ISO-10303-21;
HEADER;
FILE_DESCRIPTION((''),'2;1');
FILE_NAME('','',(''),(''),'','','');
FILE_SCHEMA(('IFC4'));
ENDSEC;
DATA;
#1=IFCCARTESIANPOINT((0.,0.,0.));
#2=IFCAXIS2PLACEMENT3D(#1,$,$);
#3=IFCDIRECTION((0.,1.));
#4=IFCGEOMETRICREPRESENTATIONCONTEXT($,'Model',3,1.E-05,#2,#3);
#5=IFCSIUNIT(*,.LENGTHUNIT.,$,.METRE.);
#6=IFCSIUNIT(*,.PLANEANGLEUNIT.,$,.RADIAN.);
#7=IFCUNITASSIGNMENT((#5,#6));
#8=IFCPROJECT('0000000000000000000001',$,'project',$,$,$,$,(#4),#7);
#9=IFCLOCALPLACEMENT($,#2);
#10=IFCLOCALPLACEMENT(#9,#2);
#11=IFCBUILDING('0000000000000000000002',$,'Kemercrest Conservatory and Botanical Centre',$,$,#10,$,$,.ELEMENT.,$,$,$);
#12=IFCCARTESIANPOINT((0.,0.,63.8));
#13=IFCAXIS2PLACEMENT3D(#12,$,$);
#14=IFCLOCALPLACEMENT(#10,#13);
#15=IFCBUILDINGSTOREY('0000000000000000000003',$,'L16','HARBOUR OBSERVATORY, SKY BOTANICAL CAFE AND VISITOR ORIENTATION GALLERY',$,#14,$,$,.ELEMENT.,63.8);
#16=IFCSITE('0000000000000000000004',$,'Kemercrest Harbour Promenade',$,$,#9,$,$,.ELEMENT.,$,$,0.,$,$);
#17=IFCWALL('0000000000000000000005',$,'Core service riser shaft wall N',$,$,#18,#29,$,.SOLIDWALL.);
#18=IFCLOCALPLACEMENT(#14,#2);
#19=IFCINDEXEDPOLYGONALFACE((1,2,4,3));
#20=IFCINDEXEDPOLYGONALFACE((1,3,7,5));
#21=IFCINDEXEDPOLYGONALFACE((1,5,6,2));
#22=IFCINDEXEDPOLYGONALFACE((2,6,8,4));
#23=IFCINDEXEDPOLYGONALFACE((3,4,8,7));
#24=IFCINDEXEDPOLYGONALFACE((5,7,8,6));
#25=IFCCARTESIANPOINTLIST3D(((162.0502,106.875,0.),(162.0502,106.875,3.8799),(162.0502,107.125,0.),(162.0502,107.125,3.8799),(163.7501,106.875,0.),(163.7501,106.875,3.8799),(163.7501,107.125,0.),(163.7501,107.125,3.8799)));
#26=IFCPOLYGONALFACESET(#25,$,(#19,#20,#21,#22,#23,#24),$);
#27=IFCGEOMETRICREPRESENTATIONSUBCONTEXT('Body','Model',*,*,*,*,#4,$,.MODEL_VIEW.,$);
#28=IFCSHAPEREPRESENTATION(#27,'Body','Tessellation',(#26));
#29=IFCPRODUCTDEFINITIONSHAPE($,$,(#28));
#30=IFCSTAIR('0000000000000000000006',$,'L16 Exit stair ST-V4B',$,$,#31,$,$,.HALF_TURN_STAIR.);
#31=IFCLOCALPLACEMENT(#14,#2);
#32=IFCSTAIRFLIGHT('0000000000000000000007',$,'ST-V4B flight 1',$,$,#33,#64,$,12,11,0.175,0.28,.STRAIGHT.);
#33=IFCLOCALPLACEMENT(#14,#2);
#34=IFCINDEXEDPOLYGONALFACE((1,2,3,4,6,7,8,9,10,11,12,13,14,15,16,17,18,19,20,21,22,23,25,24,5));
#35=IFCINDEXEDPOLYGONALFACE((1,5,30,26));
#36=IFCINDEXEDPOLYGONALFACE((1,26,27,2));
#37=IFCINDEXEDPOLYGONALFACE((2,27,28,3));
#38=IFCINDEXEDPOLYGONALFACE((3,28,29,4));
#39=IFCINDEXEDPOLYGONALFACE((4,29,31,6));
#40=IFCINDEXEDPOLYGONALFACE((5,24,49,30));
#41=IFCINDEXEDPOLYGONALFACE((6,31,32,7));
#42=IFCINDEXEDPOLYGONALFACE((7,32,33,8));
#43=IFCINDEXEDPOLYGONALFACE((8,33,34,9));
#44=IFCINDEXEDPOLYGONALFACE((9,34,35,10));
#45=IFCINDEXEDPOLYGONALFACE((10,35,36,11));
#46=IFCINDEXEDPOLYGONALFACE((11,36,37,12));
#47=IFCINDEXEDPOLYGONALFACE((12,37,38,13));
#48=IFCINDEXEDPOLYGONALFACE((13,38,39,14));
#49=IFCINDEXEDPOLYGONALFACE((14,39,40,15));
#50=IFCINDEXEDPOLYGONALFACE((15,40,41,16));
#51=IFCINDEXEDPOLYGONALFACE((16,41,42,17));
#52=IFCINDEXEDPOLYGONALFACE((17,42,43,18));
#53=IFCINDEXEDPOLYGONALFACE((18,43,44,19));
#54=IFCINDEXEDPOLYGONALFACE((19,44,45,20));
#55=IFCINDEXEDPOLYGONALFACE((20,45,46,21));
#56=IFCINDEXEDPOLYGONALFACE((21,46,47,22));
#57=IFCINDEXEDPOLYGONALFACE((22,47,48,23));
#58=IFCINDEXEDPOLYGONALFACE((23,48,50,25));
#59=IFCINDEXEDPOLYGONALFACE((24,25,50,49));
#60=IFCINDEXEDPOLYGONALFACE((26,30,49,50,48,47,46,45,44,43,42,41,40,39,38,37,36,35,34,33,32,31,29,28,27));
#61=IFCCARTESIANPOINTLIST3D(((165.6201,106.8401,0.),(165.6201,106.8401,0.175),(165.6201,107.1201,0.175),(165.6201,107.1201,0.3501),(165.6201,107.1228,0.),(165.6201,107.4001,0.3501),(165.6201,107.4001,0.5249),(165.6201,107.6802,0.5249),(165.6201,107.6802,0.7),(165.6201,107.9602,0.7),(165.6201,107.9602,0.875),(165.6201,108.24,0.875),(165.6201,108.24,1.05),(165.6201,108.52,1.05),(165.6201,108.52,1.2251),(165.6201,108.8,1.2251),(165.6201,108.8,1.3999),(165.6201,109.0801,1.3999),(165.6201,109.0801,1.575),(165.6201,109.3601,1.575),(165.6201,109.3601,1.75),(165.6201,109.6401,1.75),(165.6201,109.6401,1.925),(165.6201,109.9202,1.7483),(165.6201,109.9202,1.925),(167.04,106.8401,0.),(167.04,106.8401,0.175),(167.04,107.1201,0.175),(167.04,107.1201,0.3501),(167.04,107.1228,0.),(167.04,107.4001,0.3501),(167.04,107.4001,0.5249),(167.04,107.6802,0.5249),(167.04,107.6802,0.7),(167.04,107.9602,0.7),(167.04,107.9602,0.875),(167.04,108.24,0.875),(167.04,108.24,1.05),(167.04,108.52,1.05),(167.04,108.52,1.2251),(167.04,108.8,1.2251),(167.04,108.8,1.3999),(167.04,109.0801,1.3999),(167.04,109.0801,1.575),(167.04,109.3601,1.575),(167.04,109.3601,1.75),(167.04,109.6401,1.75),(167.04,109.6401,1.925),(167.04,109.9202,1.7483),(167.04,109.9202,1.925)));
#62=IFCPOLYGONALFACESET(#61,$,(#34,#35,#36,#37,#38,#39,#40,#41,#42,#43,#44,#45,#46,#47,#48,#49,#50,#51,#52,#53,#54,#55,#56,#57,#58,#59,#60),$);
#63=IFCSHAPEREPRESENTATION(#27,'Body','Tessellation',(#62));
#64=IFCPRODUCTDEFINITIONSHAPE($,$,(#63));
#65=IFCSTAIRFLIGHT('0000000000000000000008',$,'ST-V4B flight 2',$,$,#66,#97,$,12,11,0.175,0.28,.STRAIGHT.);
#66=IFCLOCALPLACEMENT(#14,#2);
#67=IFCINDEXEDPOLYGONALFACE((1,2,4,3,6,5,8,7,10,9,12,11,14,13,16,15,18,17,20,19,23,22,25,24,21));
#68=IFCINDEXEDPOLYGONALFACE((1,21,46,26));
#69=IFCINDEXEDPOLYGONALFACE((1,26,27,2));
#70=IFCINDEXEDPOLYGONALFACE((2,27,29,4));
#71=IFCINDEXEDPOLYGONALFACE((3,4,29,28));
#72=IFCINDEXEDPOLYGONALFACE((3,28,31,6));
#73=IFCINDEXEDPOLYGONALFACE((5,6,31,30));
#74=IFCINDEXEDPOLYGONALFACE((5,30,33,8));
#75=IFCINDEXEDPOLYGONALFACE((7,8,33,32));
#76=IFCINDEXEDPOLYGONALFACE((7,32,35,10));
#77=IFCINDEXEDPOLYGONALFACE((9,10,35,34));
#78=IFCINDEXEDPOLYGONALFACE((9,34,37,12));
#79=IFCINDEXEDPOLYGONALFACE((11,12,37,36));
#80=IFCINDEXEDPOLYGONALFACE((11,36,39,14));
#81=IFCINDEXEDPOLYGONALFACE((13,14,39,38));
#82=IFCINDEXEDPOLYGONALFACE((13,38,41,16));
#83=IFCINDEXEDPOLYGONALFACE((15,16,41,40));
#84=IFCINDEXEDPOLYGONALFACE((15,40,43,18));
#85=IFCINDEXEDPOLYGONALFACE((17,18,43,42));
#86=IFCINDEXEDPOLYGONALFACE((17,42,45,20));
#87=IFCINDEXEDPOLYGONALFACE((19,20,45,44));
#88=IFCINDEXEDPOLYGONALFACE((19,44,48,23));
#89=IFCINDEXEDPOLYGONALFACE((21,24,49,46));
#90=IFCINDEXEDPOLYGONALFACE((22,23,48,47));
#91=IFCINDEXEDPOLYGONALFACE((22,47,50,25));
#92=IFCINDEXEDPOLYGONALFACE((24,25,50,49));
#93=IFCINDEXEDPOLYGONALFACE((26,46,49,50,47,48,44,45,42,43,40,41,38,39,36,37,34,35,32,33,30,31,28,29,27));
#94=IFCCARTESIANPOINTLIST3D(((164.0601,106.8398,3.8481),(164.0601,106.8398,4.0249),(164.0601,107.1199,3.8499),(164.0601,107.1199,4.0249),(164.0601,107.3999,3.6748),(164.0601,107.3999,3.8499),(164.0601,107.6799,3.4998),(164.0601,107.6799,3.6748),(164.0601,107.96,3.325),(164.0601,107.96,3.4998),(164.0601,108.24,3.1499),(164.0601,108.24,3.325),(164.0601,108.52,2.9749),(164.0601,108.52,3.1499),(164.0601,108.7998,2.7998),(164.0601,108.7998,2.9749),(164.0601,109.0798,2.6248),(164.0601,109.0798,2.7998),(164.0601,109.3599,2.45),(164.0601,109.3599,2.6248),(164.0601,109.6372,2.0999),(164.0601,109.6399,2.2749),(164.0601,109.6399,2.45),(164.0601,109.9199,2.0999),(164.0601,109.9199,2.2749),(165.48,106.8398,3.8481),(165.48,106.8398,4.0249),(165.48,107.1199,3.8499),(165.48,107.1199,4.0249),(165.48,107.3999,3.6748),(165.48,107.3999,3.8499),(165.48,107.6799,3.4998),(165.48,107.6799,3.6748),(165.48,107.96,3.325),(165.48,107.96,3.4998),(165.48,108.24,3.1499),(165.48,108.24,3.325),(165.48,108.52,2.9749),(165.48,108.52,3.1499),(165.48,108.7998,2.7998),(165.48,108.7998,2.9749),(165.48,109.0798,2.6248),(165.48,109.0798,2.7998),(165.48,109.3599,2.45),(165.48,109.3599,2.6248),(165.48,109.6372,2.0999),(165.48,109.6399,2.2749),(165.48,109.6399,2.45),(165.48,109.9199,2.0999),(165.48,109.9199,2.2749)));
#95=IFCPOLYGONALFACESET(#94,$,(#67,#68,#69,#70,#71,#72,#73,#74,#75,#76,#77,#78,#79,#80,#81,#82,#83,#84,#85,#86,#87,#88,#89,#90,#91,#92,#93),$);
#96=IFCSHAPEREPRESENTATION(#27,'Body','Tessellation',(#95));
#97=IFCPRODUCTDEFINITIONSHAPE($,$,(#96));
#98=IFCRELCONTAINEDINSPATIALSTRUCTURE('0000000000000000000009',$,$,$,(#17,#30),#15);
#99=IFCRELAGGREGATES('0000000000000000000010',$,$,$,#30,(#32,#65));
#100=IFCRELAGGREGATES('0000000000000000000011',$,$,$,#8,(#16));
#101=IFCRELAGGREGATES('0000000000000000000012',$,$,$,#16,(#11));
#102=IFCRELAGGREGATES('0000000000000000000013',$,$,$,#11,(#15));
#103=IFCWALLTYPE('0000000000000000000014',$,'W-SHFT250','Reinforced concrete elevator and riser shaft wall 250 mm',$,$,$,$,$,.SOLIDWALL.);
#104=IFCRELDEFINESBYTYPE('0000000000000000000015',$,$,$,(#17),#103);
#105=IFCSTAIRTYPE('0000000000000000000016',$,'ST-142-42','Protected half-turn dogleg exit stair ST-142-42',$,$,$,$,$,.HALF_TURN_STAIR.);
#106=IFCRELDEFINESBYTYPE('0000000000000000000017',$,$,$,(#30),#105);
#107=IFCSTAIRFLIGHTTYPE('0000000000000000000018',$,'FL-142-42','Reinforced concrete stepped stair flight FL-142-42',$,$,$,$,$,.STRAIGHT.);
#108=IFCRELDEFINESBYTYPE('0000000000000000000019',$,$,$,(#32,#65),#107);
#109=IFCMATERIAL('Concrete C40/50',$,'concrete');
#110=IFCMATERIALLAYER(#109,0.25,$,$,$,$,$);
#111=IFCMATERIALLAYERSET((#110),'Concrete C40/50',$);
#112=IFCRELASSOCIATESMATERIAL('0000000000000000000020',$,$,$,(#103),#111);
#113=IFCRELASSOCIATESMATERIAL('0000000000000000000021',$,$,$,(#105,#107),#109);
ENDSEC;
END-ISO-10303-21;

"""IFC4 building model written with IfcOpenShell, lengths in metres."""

from ifc_helpers import new_model, si_unit, direction, frame, frame_2d, origin, place, context, subcontext, project, spatial, polyline, rectangle, outline, extrude, material, layer, layer_set, type_object, element, aggregate, save


model = new_model("IFC4")

# Units and contexts
model_context = context("Model", 3, precision=1e-05, world=origin(), true_north=direction((0.0, 1.0)))
body_context = subcontext(model_context, "Body", "Model", "MODEL_VIEW")
ifc_project = project(units=[si_unit("LENGTHUNIT", "METRE"), si_unit("PLANEANGLEUNIT", "RADIAN")], contexts=[model_context])

# Site, building, storey
site_placement = place(None, origin())
site = spatial("IfcSite", under=ifc_project, at=site_placement, Name="Kemercrest Harbour Promenade", CompositionType="ELEMENT", RefElevation=0.0)
building_placement = place(site_placement, origin())
building = spatial("IfcBuilding", under=site, at=building_placement, Name="Kemercrest Conservatory and Botanical Centre", CompositionType="ELEMENT")
storey_placement = place(building_placement, frame((0.0, 0.0, 63.8)))
storey = spatial("IfcBuildingStorey", under=building, at=storey_placement, Name="L16", Description="HARBOUR OBSERVATORY, SKY BOTANICAL CAFE AND VISITOR ORIENTATION GALLERY", CompositionType="ELEMENT", Elevation=63.8)

# Shared definitions
ifc_material_1 = material(Name="Concrete C40/50", Category="concrete")

# Shared definitions
ifc_layer_1 = layer(ifc_material_1, 0.25)
ifc_layer_set_1 = layer_set([ifc_layer_1], Name="Concrete C40/50")
wall_type_1 = type_object("IfcWallType", Name="W-SHFT250", Description="Reinforced concrete elevator and riser shaft wall 250 mm", PredefinedType="SOLIDWALL", material=ifc_layer_set_1)

# Wall
wall_1_placement = place(storey_placement, frame((162.05, 107.0, 0.0), z_axis=(0.0, 0.0, 1.0), x_axis=(1.0, 0.0, 0.0)))
element("IfcWall", 1, at=wall_1_placement, inside=storey, type_object=wall_type_1, Name="Core service riser shaft wall N", PredefinedType="SOLIDWALL", context=body_context, shape_type="SweptSolid", body=[
    extrude(rectangle(XDim=1.7, YDim=0.25, at=frame_2d((0.8501, 0.0))), origin(), (0.0, 0.0, 1.0), 3.8799),
])

# Stair, stair flights
stair_type = type_object("IfcStairType", Name="ST-142-42", Description="Protected half-turn dogleg exit stair ST-142-42", PredefinedType="HALF_TURN_STAIR", material=ifc_material_1)
stair_placement = place(storey_placement, origin())
stair = element("IfcStair", 2, at=stair_placement, inside=storey, type_object=stair_type, Name="L16 Exit stair ST-V4B", PredefinedType="HALF_TURN_STAIR")
stair_flight_type = type_object("IfcStairFlightType", Name="FL-142-42", Description="Reinforced concrete stepped stair flight FL-142-42", PredefinedType="STRAIGHT", material=ifc_material_1)
stair_flight_1_placement = place(storey_placement, frame((166.3301, 106.8401, 0.0), z_axis=(0.0, 0.0, 1.0), x_axis=(0.0, 1.0, 0.0)))
stair_flight_1 = element("IfcStairFlight", 3, at=stair_flight_1_placement, type_object=stair_flight_type, Name="ST-V4B flight 1", NumberOfRisers=12, NumberOfTreads=11, PredefinedType="STRAIGHT", RiserHeight=0.175, TreadLength=0.28, context=body_context, shape_type="SweptSolid", body=[
    extrude(outline(polyline([(0.0, 0.0), (0.0, 0.175), (0.28, 0.175), (0.28, 0.3501), (0.5601, 0.3501), (0.5601, 0.5249), (0.8401, 0.5249), (0.8401, 0.7), (1.1201, 0.7), (1.1201, 0.875), (1.3999, 0.875), (1.3999, 1.05), (1.6799, 1.05), (1.6799, 1.2251), (1.96, 1.2251), (1.96, 1.3999), (2.24, 1.3999), (2.24, 1.575), (2.52, 1.575), (2.52, 1.75), (2.8, 1.75), (2.8, 1.925), (3.0801, 1.925), (3.0801, 2.1001), (3.0801, 1.7483), (0.2827, 0.0), (0.0, 0.0)])), frame((0.0, 0.71, 0.0), z_axis=(0.0, -1.0, 0.0), x_axis=(1.0, 0.0, 0.0)), (0.0, 0.0, 1.0), 1.4199),
])
stair_flight_2_placement = place(storey_placement, frame((164.77, 109.9199, 2.0999), z_axis=(0.0, 0.0, 1.0), x_axis=(0.0, -1.0, 0.0)))
stair_flight_2 = element("IfcStairFlight", 4, at=stair_flight_2_placement, type_object=stair_flight_type, Name="ST-V4B flight 2", NumberOfRisers=12, NumberOfTreads=11, PredefinedType="STRAIGHT", RiserHeight=0.175, TreadLength=0.28, context=body_context, shape_type="SweptSolid", body=[
    extrude(outline(polyline([(0.0, 0.0), (0.0, 0.175), (0.28, 0.175), (0.28, 0.3501), (0.5601, 0.3501), (0.5601, 0.5249), (0.8401, 0.5249), (0.8401, 0.7), (1.1201, 0.7), (1.1201, 0.875), (1.3999, 0.875), (1.3999, 1.05), (1.6799, 1.05), (1.6799, 1.2251), (1.96, 1.2251), (1.96, 1.3999), (2.24, 1.3999), (2.24, 1.575), (2.52, 1.575), (2.52, 1.75), (2.8, 1.75), (2.8, 1.925), (3.0801, 1.925), (3.0801, 2.1001), (3.0801, 1.7483), (0.2827, 0.0), (0.0, 0.0)])), frame((0.0, 0.71, 0.0), z_axis=(0.0, -1.0, 0.0), x_axis=(1.0, 0.0, 0.0)), (0.0, 0.0, 1.0), 1.4199),
])
aggregate(stair, [stair_flight_1, stair_flight_2])

save(model, "model.ifc")
